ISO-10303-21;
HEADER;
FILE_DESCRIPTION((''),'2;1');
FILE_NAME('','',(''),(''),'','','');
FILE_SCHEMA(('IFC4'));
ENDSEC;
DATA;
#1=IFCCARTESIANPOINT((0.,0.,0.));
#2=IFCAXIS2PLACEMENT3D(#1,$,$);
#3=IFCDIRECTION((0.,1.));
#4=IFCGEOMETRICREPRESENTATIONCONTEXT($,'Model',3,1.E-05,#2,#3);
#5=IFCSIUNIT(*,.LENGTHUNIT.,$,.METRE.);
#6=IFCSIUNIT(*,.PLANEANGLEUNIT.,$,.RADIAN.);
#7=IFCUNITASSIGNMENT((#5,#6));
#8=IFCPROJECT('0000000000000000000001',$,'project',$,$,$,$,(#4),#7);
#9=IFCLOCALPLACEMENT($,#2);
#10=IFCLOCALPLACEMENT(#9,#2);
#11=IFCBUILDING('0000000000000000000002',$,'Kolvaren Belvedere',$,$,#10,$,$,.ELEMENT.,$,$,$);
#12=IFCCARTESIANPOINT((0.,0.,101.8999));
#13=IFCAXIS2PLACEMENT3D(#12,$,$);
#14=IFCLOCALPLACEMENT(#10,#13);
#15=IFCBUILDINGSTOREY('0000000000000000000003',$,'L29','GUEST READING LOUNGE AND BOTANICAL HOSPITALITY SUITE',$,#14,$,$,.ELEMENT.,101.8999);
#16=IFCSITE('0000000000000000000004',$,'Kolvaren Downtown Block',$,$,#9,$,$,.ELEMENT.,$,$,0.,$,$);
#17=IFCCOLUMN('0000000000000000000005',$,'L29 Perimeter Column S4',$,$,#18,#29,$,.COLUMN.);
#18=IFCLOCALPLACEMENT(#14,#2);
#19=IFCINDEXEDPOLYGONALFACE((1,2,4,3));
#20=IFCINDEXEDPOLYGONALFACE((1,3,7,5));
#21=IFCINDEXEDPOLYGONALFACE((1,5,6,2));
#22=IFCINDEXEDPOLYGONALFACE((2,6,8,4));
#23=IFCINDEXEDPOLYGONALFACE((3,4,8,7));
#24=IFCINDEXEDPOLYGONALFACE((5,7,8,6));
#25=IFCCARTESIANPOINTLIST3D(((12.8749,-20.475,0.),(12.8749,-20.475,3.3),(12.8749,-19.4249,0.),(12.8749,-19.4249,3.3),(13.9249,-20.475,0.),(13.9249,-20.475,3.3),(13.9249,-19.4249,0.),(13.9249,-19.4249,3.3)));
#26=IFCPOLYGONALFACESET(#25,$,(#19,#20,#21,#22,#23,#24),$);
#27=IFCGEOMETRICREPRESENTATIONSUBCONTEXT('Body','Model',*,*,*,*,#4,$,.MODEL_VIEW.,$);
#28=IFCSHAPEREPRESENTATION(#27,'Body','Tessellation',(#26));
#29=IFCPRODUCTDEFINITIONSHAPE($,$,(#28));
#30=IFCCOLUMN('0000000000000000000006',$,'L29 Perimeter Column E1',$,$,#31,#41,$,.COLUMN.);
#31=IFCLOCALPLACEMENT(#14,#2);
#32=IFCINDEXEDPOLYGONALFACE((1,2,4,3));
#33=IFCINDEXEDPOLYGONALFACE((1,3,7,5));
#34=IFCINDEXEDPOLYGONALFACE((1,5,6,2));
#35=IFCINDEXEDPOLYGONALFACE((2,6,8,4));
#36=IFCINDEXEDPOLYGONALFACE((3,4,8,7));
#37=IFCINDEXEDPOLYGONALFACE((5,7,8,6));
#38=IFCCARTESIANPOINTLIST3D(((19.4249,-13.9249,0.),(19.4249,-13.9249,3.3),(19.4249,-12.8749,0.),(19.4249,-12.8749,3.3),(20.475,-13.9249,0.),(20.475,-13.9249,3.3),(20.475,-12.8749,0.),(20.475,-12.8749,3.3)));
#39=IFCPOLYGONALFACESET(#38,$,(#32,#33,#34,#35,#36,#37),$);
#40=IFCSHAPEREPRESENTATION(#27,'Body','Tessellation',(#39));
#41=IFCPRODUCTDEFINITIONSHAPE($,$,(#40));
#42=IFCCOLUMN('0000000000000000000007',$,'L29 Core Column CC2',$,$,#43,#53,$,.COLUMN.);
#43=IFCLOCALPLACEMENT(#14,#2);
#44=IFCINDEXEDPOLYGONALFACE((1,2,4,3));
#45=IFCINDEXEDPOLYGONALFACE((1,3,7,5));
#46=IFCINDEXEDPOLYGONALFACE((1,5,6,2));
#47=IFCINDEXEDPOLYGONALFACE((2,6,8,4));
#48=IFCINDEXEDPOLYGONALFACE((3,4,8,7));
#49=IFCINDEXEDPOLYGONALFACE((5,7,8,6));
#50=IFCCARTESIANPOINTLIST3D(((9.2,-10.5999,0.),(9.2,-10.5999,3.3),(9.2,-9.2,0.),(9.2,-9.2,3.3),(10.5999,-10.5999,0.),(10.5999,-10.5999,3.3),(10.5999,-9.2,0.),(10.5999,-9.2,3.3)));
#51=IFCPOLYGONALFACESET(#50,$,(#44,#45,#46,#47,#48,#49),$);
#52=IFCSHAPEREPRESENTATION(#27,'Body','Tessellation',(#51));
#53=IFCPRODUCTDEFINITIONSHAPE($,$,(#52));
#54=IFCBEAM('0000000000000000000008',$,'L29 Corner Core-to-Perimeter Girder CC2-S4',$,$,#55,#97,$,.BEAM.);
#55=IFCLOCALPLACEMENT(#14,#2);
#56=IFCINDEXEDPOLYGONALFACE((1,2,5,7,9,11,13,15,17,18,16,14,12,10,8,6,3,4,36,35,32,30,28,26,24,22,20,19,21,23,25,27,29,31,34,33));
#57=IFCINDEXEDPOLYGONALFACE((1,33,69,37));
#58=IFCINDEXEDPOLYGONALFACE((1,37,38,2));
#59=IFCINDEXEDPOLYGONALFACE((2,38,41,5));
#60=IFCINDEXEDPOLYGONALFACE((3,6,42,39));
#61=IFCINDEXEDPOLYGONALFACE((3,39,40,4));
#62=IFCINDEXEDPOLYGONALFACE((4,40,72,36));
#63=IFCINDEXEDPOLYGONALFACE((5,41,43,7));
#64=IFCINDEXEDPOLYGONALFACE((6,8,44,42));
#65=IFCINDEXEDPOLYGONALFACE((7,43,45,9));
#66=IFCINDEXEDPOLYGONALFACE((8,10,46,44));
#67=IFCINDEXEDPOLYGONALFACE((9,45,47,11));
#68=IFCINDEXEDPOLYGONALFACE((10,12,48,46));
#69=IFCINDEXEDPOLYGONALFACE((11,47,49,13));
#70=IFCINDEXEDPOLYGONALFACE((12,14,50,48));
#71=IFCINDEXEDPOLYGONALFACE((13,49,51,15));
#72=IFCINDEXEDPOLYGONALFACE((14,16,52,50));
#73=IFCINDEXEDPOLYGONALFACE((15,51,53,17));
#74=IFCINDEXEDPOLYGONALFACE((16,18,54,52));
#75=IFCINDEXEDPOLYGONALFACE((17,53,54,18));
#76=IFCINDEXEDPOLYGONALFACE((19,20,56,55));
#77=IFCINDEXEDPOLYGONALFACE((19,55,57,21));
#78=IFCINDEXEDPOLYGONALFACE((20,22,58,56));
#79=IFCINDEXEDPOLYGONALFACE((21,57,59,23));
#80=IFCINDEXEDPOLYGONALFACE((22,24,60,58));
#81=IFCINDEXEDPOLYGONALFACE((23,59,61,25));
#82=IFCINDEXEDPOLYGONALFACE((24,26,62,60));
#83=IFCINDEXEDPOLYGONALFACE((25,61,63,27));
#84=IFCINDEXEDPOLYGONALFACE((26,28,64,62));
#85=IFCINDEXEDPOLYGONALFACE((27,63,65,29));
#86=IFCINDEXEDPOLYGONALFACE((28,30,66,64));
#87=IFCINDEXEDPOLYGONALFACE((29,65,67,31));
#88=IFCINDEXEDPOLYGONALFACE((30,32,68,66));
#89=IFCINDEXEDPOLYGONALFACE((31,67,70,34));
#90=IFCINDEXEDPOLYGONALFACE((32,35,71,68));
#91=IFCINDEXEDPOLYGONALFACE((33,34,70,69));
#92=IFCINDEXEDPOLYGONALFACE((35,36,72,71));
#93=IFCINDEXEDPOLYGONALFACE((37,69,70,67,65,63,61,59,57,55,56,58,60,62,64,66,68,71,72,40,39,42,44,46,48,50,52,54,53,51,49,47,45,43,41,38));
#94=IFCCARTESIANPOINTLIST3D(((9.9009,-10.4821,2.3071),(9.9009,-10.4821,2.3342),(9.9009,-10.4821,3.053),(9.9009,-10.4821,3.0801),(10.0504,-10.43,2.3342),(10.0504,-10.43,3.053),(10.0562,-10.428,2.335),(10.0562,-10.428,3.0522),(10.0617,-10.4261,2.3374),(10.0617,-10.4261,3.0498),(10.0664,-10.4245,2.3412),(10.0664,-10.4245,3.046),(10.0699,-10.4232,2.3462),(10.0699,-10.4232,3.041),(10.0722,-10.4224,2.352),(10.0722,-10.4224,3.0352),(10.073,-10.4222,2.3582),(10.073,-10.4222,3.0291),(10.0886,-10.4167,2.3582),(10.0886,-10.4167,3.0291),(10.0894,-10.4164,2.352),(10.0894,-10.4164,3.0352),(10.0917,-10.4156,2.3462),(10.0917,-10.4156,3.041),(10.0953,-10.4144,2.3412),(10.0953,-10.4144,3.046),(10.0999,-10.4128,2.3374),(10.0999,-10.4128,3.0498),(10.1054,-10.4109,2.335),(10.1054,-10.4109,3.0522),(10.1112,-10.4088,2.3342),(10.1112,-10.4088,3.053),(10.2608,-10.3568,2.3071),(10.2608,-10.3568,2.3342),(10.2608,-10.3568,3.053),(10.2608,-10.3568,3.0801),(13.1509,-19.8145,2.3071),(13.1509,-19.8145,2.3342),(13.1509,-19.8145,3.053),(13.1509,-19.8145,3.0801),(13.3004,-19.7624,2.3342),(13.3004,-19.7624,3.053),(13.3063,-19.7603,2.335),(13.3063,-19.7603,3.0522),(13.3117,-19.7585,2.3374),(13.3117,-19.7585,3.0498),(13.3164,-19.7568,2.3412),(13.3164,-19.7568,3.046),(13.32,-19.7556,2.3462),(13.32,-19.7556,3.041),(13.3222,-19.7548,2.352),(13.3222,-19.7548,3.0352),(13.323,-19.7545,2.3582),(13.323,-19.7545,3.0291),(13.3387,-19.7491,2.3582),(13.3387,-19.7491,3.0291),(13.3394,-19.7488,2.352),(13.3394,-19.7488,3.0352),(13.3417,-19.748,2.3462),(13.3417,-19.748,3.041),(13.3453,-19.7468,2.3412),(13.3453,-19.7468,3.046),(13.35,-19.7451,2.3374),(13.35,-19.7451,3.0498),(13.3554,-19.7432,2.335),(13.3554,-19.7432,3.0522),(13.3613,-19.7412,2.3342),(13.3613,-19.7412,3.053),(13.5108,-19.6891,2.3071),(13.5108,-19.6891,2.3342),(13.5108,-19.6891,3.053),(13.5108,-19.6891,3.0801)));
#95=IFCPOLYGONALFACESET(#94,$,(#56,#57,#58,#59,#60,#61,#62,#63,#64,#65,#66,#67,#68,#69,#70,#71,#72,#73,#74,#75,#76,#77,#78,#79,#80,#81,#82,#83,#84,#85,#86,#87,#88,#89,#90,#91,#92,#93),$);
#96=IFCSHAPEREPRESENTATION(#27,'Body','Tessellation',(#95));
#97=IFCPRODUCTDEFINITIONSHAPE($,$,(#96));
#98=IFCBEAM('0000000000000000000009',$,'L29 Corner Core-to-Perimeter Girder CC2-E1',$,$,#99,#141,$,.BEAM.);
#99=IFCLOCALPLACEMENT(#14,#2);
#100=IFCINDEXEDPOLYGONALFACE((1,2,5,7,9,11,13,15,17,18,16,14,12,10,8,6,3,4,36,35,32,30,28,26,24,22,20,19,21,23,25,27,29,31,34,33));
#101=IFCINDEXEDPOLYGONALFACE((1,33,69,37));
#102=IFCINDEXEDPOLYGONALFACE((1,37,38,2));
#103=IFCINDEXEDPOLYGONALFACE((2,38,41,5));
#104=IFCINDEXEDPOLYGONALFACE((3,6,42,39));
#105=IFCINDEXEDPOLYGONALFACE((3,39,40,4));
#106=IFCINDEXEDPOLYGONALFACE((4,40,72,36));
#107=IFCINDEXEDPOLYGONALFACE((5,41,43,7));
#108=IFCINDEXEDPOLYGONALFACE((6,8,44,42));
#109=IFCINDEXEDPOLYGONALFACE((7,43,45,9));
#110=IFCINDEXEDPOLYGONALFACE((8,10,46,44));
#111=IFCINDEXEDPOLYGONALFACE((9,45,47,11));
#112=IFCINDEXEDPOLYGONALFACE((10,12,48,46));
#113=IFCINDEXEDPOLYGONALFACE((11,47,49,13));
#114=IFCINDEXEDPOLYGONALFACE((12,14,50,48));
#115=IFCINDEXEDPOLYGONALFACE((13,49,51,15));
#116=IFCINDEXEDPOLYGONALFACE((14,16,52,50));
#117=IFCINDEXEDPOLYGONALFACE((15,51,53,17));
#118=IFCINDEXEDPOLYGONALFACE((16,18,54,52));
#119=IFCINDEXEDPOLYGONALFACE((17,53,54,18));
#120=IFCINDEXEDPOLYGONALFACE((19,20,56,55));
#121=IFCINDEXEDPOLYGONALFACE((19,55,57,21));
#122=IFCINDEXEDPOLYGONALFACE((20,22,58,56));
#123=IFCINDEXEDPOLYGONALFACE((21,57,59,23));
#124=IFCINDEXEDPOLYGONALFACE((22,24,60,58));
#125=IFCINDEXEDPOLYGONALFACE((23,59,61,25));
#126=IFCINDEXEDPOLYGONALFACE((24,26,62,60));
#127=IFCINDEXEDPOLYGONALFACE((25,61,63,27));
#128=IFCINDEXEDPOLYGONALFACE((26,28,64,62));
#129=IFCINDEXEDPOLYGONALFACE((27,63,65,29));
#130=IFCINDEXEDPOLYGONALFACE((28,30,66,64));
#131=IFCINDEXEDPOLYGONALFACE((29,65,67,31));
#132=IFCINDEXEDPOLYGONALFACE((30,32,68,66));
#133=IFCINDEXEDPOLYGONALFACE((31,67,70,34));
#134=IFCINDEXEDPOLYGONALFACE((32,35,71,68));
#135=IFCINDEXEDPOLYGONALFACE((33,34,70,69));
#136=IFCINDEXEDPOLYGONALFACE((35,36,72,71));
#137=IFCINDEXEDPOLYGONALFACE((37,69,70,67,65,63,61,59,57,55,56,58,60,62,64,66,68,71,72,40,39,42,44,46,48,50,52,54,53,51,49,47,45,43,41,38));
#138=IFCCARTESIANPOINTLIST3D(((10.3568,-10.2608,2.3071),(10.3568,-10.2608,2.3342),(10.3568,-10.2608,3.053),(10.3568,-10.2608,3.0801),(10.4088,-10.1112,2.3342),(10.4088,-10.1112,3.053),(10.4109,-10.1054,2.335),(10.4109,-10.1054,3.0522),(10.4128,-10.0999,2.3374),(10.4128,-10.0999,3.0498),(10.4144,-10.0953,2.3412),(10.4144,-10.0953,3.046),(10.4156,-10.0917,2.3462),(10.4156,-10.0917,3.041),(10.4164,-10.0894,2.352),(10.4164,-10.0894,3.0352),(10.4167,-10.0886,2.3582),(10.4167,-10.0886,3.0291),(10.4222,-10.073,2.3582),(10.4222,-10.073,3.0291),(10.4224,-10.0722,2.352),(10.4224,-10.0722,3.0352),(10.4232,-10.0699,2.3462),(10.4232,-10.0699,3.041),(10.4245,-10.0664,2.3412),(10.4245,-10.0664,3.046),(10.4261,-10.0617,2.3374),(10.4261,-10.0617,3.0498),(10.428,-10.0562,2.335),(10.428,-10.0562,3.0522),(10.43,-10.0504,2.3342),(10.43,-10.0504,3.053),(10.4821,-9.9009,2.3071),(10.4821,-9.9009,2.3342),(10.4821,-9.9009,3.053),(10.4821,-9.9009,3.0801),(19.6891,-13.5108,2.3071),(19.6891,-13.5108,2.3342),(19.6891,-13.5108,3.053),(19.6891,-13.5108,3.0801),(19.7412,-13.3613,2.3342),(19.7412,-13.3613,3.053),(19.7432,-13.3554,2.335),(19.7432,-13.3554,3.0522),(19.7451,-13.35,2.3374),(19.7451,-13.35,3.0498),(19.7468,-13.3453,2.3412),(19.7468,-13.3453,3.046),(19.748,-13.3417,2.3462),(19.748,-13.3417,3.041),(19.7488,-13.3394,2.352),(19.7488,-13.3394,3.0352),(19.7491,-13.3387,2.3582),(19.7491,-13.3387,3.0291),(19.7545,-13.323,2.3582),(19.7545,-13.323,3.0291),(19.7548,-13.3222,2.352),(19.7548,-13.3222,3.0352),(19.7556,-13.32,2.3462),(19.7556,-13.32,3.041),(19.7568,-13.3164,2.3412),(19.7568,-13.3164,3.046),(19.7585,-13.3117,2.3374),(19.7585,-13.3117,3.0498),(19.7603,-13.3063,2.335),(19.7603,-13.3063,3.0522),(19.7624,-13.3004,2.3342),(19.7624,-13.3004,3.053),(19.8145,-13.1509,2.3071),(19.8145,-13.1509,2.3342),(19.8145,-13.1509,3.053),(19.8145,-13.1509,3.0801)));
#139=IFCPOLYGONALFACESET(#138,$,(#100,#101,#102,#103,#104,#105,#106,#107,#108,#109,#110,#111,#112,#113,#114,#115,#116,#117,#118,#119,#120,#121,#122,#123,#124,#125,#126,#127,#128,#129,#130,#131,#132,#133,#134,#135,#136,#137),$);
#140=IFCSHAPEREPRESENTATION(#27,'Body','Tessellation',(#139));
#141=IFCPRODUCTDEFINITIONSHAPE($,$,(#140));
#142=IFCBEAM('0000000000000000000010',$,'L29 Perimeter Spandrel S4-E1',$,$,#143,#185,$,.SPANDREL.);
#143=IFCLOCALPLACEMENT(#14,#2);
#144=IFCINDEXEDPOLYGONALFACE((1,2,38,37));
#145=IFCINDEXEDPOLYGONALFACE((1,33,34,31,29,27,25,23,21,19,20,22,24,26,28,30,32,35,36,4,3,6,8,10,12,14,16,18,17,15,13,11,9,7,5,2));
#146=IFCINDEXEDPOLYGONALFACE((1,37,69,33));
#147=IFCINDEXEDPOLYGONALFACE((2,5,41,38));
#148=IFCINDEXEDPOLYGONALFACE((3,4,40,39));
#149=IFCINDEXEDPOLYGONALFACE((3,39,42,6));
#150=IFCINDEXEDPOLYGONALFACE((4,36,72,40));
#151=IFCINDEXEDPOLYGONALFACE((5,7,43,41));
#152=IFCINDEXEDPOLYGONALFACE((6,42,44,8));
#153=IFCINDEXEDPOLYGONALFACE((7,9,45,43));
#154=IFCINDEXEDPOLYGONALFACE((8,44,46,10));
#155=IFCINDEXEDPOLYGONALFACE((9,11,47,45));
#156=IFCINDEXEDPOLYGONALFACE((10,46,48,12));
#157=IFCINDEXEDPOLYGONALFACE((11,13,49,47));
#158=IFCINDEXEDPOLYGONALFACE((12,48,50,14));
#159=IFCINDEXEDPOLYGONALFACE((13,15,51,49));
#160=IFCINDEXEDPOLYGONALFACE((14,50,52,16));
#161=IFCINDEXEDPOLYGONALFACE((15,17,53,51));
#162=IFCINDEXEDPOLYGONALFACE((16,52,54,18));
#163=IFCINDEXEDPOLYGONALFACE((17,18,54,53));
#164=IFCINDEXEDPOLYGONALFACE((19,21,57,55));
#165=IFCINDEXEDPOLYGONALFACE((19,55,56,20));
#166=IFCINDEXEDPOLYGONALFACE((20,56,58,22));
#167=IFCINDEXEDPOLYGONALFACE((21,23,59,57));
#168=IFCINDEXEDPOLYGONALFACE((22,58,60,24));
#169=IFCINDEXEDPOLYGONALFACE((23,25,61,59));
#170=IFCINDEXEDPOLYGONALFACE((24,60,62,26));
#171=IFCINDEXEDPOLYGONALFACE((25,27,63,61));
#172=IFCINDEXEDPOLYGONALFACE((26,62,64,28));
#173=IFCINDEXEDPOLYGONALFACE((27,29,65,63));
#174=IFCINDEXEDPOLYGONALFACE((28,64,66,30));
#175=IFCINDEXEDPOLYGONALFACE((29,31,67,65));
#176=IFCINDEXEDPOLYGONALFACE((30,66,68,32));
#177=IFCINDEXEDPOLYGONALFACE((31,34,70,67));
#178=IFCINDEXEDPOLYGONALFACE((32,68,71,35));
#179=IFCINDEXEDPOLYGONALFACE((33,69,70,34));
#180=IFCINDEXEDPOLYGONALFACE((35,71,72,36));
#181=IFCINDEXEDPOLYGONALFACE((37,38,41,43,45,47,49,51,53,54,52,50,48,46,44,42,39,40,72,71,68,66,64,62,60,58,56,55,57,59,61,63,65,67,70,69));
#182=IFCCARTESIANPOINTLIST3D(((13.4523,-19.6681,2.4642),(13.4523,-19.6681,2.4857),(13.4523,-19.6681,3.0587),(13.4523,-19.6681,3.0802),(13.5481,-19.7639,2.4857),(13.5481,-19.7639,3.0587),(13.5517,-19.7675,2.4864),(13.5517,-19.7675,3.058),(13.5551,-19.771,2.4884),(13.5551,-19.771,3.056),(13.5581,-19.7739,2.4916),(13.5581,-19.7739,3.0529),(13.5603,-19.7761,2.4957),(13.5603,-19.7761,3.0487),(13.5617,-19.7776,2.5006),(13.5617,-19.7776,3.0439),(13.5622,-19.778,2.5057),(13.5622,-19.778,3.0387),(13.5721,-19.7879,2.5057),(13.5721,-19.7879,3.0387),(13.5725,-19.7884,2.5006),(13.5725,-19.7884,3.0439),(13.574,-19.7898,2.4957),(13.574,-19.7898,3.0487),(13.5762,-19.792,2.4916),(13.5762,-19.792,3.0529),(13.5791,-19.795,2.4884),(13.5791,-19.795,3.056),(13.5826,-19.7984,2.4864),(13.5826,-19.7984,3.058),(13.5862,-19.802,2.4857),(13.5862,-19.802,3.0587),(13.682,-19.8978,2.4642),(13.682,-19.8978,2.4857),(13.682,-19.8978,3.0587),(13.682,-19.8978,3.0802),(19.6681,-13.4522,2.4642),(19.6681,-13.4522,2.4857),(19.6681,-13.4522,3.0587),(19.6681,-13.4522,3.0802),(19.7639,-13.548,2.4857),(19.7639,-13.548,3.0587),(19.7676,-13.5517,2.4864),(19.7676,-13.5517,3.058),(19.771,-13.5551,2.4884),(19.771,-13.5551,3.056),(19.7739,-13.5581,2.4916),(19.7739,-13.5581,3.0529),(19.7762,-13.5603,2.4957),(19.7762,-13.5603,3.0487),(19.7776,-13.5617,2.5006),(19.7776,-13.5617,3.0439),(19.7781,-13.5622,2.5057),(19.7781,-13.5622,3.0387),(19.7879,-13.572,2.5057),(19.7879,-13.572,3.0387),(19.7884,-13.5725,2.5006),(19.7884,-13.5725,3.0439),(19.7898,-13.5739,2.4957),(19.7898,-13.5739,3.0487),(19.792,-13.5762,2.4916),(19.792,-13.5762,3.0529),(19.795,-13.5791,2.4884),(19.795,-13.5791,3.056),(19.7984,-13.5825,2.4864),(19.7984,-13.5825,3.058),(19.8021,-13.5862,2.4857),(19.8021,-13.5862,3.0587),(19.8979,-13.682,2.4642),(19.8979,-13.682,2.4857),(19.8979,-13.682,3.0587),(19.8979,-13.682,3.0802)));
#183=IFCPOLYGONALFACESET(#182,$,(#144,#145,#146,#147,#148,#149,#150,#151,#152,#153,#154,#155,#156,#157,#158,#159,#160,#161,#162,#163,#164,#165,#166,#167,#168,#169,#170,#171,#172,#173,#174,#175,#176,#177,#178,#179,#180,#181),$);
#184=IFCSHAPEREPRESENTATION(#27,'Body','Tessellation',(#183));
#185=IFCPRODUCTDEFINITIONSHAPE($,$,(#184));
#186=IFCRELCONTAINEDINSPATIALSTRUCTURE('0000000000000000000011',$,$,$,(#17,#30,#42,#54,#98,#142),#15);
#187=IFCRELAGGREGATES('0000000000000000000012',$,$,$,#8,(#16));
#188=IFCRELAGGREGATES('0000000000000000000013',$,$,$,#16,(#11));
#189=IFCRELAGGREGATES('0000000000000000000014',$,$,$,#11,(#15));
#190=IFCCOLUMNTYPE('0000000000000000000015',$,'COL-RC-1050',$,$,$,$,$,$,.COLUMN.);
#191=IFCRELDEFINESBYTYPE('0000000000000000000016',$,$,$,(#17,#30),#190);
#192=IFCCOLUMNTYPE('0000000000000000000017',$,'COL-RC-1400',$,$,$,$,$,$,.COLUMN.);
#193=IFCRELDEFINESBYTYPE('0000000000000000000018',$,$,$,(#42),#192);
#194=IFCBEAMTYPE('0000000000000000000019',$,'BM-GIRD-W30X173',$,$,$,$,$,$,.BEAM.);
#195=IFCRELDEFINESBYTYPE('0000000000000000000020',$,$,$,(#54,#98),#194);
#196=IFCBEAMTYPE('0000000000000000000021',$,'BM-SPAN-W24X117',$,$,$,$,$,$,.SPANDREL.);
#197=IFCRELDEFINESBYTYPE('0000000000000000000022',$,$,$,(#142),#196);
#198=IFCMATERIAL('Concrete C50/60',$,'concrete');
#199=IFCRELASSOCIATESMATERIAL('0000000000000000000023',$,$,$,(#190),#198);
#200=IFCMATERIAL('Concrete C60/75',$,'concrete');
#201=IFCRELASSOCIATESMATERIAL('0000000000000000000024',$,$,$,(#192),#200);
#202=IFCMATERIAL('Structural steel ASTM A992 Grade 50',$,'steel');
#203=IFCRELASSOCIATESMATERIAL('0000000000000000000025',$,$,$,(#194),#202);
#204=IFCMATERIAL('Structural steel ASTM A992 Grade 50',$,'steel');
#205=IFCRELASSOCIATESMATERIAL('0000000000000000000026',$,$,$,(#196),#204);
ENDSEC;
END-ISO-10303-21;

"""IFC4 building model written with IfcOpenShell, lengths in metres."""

from ifc_helpers import new_model, si_unit, direction, frame, origin, origin_2d, place, context, subcontext, project, spatial, rectangle, i_section, extrude, material, material_profile, profile_set, type_object, element, save


model = new_model("IFC4")

# Units and contexts
model_context = context("Model", 3, precision=1e-05, world=origin(), true_north=direction((0.0, 1.0)))
body_context = subcontext(model_context, "Body", "Model", "MODEL_VIEW")
ifc_project = project(units=[si_unit("LENGTHUNIT", "METRE"), si_unit("PLANEANGLEUNIT", "RADIAN")], contexts=[model_context])

# Site, building, storey
site_placement = place(None, origin())
site = spatial("IfcSite", under=ifc_project, at=site_placement, Name="Kolvaren Downtown Block", CompositionType="ELEMENT", RefElevation=0.0)
building_placement = place(site_placement, origin())
building = spatial("IfcBuilding", under=site, at=building_placement, Name="Kolvaren Belvedere", CompositionType="ELEMENT")
storey_placement = place(building_placement, frame((0.0, 0.0, 101.8999)))
storey = spatial("IfcBuildingStorey", under=building, at=storey_placement, Name="L29", Description="GUEST READING LOUNGE AND BOTANICAL HOSPITALITY SUITE", CompositionType="ELEMENT", Elevation=101.8999)

# Columns
ifc_material_1 = material(Name="Concrete C50/60", Category="concrete")
ifc_material_profile_1 = material_profile(ifc_material_1, rectangle(XDim=1.05, YDim=1.05, at=origin_2d()), Name="RC 1050X1050")
ifc_profile_set_1 = profile_set([ifc_material_profile_1], Name="Concrete C50/60")
column_type_1 = type_object("IfcColumnType", Name="COL-RC-1050", PredefinedType="COLUMN", material=ifc_profile_set_1)
for number, where, z_axis, x_axis, name in (
    (1, (13.3999, -19.95, 0.0), (0.0, 0.0, 1.0), (1.0, 0.0, 0.0), "L29 Perimeter Column S4"),
    (2, (19.95, -13.3999, 0.0), (0.0, 0.0, 1.0), (1.0, 0.0, 0.0), "L29 Perimeter Column E1"),
):
    element("IfcColumn", number, at=place(storey_placement, frame(where, z_axis=z_axis, x_axis=x_axis)), inside=storey, type_object=column_type_1, Name=name, PredefinedType="COLUMN", context=body_context, shape_type="SweptSolid", body=[
        extrude(rectangle(XDim=1.05, YDim=1.05, at=origin_2d()), origin(), (0.0, 0.0, 1.0), 3.3),
    ])
ifc_material_2 = material(Name="Concrete C60/75", Category="concrete")
ifc_material_profile_2 = material_profile(ifc_material_2, rectangle(XDim=1.3999, YDim=1.3999, at=origin_2d()), Name="RC 1400X1400")
ifc_profile_set_2 = profile_set([ifc_material_profile_2], Name="Concrete C60/75")
column_type_2 = type_object("IfcColumnType", Name="COL-RC-1400", PredefinedType="COLUMN", material=ifc_profile_set_2)
column_placement = place(storey_placement, frame((9.8999, -9.8999, 0.0), z_axis=(0.0, 0.0, 1.0), x_axis=(1.0, 0.0, 0.0)))
element("IfcColumn", 3, at=column_placement, inside=storey, type_object=column_type_2, Name="L29 Core Column CC2", PredefinedType="COLUMN", context=body_context, shape_type="SweptSolid", body=[
    extrude(rectangle(XDim=1.3999, YDim=1.3999, at=origin_2d()), origin(), (0.0, 0.0, 1.0), 3.3),
])

# Beams
ifc_material_3 = material(Name="Structural steel ASTM A992 Grade 50", Category="steel")
ifc_material_profile_3 = material_profile(ifc_material_3, i_section(OverallWidth=0.3811, OverallDepth=0.7729, WebThickness=0.0166, FlangeThickness=0.0271, FilletRadius=0.0239, at=origin_2d()), Name="W30X173")
ifc_profile_set_3 = profile_set([ifc_material_profile_3], Name="Structural steel ASTM A992 Grade 50")
beam_type_1 = type_object("IfcBeamType", Name="BM-GIRD-W30X173", PredefinedType="BEAM", material=ifc_profile_set_3)
for number, where, z_axis, x_axis, name in (
    (4, (10.0808, -10.4194, 2.6936), (0.328881, -0.944371, 0.0), (0.944371, 0.328881, 0.0), "L29 Corner Core-to-Perimeter Girder CC2-S4"),
    (5, (10.4194, -10.0808, 2.6936), (0.944371, -0.328881, 0.0), (0.328881, 0.944371, 0.0), "L29 Corner Core-to-Perimeter Girder CC2-E1"),
):
    element("IfcBeam", number, at=place(storey_placement, frame(where, z_axis=z_axis, x_axis=x_axis)), inside=storey, type_object=beam_type_1, Name=name, PredefinedType="BEAM", context=body_context, shape_type="SweptSolid", body=[
        extrude(i_section(OverallWidth=0.3811, OverallDepth=0.7729, WebThickness=0.0166, FlangeThickness=0.0271, FilletRadius=0.0239, at=origin_2d()), origin(), (0.0, 0.0, 1.0), 9.8821),
    ])
ifc_material_4 = material(Name="Structural steel ASTM A992 Grade 50", Category="steel")
ifc_material_profile_4 = material_profile(ifc_material_4, i_section(OverallWidth=0.325, OverallDepth=0.616, WebThickness=0.0139, FlangeThickness=0.0215, FilletRadius=0.02, at=origin_2d()), Name="W24X117")
ifc_profile_set_4 = profile_set([ifc_material_profile_4], Name="Structural steel ASTM A992 Grade 50")
beam_type_2 = type_object("IfcBeamType", Name="BM-SPAN-W24X117", PredefinedType="SPANDREL", material=ifc_profile_set_4)
beam_1_placement = place(storey_placement, frame((13.5671, -19.783, 2.7722), z_axis=(0.707107, 0.707107, 0.0), x_axis=(-0.707107, 0.707107, 0.0)))
element("IfcBeam", 6, at=beam_1_placement, inside=storey, type_object=beam_type_2, Name="L29 Perimeter Spandrel S4-E1", PredefinedType="SPANDREL", context=body_context, shape_type="SweptSolid", body=[
    extrude(i_section(OverallWidth=0.325, OverallDepth=0.616, WebThickness=0.0139, FlangeThickness=0.0215, FilletRadius=0.02, at=origin_2d()), origin(), (0.0, 0.0, 1.0), 8.7905),
])

save(model, "model.ifc")
